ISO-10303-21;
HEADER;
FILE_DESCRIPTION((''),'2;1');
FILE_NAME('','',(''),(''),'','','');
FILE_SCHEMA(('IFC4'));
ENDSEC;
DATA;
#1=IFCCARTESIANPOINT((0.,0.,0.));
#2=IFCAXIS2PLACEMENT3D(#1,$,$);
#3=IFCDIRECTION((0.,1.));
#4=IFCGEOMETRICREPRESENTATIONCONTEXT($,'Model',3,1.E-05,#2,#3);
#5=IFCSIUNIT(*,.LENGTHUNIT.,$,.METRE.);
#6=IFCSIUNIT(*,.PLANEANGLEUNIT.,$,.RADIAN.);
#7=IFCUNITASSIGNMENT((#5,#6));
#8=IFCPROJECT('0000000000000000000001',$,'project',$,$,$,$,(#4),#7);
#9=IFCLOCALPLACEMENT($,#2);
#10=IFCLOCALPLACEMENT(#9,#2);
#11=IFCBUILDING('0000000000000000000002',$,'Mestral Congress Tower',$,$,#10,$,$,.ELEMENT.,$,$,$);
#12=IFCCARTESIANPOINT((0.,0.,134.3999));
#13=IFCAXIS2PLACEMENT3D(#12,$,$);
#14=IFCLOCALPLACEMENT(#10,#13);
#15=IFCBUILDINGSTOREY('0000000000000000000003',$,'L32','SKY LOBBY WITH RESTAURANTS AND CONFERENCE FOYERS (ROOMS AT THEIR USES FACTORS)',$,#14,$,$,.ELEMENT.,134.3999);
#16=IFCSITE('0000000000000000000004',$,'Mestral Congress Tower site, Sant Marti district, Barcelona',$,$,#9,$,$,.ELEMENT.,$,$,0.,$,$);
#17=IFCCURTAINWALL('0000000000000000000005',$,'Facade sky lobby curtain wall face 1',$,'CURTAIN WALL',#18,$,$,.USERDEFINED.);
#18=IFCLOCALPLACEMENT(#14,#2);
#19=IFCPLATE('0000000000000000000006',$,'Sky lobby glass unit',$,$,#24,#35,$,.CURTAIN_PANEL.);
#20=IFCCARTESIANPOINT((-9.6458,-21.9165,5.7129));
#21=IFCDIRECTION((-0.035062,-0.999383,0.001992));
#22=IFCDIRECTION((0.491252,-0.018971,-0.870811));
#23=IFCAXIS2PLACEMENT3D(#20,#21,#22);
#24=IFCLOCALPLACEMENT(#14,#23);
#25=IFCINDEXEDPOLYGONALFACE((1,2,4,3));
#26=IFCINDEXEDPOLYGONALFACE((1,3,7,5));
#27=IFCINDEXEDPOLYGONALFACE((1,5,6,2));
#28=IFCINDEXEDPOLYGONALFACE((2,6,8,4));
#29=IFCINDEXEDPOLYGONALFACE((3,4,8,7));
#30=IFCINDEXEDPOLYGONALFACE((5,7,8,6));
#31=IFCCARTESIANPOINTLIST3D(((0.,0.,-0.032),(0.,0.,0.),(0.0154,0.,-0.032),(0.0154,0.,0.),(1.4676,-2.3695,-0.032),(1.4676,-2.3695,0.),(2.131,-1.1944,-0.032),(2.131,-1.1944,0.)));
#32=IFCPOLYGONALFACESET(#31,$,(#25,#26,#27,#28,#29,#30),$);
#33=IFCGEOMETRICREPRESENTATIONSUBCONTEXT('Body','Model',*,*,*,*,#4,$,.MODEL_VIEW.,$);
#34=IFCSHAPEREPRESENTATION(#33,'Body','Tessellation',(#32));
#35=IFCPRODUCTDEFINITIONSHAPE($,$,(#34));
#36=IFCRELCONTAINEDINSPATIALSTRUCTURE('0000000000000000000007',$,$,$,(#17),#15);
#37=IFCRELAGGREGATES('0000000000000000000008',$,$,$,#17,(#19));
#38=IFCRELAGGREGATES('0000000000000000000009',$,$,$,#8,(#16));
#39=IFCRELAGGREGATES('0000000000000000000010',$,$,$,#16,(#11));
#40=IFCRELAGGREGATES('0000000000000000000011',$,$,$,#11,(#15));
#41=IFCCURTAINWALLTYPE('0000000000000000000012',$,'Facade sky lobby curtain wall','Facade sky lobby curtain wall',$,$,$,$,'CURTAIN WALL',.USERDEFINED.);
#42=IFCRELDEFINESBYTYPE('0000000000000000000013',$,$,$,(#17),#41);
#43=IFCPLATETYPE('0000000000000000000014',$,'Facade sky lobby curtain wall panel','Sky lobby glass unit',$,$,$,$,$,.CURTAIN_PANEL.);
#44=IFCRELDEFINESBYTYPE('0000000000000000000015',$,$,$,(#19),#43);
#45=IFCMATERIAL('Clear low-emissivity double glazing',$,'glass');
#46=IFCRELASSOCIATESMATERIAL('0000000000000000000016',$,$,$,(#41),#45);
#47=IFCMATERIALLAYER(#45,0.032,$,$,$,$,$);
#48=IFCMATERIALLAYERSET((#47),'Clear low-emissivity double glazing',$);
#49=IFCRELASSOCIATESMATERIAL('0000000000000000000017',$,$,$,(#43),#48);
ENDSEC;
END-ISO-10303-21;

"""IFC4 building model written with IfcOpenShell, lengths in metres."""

from ifc_helpers import new_model, si_unit, direction, frame, origin, place, context, subcontext, project, spatial, polyline, outline, extrude, material, layer, layer_set, type_object, element, aggregate, save


model = new_model("IFC4")

# Units and contexts
model_context = context("Model", 3, precision=1e-05, world=origin(), true_north=direction((0.0, 1.0)))
body_context = subcontext(model_context, "Body", "Model", "MODEL_VIEW")
ifc_project = project(units=[si_unit("LENGTHUNIT", "METRE"), si_unit("PLANEANGLEUNIT", "RADIAN")], contexts=[model_context])

# Site, building, storey
site_placement = place(None, origin())
site = spatial("IfcSite", under=ifc_project, at=site_placement, Name="Mestral Congress Tower site, Sant Marti district, Barcelona", CompositionType="ELEMENT", RefElevation=0.0)
building_placement = place(site_placement, origin())
building = spatial("IfcBuilding", under=site, at=building_placement, Name="Mestral Congress Tower", CompositionType="ELEMENT")
storey_placement = place(building_placement, frame((0.0, 0.0, 134.3999)))
storey = spatial("IfcBuildingStorey", under=building, at=storey_placement, Name="L32", Description="SKY LOBBY WITH RESTAURANTS AND CONFERENCE FOYERS (ROOMS AT THEIR USES FACTORS)", CompositionType="ELEMENT", Elevation=134.3999)

# Curtain wall
ifc_material_1 = material(Name="Clear low-emissivity double glazing", Category="glass")
curtain_wall_type = type_object("IfcCurtainWallType", Name="Facade sky lobby curtain wall", Description="Facade sky lobby curtain wall", ElementType="CURTAIN WALL", PredefinedType="USERDEFINED", material=ifc_material_1)
curtain_wall_placement = place(storey_placement, origin())
curtain_wall = element("IfcCurtainWall", 1, at=curtain_wall_placement, inside=storey, type_object=curtain_wall_type, Name="Facade sky lobby curtain wall face 1", ObjectType="CURTAIN WALL", PredefinedType="USERDEFINED")

# Plate
ifc_layer_1 = layer(ifc_material_1, 0.032)
ifc_layer_set_1 = layer_set([ifc_layer_1], Name="Clear low-emissivity double glazing")
plate_type_1 = type_object("IfcPlateType", Name="Facade sky lobby curtain wall panel", Description="Sky lobby glass unit", PredefinedType="CURTAIN_PANEL", material=ifc_layer_set_1)
plate_1_placement = place(storey_placement, frame((-9.6458, -21.9165, 5.7129), z_axis=(-0.035062, -0.999383, 0.001992), x_axis=(0.491252, -0.018971, -0.870811)))
plate_1 = element("IfcPlate", 2, at=plate_1_placement, type_object=plate_type_1, Name="Sky lobby glass unit", PredefinedType="CURTAIN_PANEL", context=body_context, shape_type="SweptSolid", body=[
    extrude(outline(polyline([(0.0, 0.0), (0.0154, 0.0), (2.131, -1.1944), (1.4676, -2.3695), (0.0, 0.0)])), origin(), (0.0, 0.0, -1.0), 0.032),
])

aggregate(curtain_wall, [plate_1])

save(model, "model.ifc")
